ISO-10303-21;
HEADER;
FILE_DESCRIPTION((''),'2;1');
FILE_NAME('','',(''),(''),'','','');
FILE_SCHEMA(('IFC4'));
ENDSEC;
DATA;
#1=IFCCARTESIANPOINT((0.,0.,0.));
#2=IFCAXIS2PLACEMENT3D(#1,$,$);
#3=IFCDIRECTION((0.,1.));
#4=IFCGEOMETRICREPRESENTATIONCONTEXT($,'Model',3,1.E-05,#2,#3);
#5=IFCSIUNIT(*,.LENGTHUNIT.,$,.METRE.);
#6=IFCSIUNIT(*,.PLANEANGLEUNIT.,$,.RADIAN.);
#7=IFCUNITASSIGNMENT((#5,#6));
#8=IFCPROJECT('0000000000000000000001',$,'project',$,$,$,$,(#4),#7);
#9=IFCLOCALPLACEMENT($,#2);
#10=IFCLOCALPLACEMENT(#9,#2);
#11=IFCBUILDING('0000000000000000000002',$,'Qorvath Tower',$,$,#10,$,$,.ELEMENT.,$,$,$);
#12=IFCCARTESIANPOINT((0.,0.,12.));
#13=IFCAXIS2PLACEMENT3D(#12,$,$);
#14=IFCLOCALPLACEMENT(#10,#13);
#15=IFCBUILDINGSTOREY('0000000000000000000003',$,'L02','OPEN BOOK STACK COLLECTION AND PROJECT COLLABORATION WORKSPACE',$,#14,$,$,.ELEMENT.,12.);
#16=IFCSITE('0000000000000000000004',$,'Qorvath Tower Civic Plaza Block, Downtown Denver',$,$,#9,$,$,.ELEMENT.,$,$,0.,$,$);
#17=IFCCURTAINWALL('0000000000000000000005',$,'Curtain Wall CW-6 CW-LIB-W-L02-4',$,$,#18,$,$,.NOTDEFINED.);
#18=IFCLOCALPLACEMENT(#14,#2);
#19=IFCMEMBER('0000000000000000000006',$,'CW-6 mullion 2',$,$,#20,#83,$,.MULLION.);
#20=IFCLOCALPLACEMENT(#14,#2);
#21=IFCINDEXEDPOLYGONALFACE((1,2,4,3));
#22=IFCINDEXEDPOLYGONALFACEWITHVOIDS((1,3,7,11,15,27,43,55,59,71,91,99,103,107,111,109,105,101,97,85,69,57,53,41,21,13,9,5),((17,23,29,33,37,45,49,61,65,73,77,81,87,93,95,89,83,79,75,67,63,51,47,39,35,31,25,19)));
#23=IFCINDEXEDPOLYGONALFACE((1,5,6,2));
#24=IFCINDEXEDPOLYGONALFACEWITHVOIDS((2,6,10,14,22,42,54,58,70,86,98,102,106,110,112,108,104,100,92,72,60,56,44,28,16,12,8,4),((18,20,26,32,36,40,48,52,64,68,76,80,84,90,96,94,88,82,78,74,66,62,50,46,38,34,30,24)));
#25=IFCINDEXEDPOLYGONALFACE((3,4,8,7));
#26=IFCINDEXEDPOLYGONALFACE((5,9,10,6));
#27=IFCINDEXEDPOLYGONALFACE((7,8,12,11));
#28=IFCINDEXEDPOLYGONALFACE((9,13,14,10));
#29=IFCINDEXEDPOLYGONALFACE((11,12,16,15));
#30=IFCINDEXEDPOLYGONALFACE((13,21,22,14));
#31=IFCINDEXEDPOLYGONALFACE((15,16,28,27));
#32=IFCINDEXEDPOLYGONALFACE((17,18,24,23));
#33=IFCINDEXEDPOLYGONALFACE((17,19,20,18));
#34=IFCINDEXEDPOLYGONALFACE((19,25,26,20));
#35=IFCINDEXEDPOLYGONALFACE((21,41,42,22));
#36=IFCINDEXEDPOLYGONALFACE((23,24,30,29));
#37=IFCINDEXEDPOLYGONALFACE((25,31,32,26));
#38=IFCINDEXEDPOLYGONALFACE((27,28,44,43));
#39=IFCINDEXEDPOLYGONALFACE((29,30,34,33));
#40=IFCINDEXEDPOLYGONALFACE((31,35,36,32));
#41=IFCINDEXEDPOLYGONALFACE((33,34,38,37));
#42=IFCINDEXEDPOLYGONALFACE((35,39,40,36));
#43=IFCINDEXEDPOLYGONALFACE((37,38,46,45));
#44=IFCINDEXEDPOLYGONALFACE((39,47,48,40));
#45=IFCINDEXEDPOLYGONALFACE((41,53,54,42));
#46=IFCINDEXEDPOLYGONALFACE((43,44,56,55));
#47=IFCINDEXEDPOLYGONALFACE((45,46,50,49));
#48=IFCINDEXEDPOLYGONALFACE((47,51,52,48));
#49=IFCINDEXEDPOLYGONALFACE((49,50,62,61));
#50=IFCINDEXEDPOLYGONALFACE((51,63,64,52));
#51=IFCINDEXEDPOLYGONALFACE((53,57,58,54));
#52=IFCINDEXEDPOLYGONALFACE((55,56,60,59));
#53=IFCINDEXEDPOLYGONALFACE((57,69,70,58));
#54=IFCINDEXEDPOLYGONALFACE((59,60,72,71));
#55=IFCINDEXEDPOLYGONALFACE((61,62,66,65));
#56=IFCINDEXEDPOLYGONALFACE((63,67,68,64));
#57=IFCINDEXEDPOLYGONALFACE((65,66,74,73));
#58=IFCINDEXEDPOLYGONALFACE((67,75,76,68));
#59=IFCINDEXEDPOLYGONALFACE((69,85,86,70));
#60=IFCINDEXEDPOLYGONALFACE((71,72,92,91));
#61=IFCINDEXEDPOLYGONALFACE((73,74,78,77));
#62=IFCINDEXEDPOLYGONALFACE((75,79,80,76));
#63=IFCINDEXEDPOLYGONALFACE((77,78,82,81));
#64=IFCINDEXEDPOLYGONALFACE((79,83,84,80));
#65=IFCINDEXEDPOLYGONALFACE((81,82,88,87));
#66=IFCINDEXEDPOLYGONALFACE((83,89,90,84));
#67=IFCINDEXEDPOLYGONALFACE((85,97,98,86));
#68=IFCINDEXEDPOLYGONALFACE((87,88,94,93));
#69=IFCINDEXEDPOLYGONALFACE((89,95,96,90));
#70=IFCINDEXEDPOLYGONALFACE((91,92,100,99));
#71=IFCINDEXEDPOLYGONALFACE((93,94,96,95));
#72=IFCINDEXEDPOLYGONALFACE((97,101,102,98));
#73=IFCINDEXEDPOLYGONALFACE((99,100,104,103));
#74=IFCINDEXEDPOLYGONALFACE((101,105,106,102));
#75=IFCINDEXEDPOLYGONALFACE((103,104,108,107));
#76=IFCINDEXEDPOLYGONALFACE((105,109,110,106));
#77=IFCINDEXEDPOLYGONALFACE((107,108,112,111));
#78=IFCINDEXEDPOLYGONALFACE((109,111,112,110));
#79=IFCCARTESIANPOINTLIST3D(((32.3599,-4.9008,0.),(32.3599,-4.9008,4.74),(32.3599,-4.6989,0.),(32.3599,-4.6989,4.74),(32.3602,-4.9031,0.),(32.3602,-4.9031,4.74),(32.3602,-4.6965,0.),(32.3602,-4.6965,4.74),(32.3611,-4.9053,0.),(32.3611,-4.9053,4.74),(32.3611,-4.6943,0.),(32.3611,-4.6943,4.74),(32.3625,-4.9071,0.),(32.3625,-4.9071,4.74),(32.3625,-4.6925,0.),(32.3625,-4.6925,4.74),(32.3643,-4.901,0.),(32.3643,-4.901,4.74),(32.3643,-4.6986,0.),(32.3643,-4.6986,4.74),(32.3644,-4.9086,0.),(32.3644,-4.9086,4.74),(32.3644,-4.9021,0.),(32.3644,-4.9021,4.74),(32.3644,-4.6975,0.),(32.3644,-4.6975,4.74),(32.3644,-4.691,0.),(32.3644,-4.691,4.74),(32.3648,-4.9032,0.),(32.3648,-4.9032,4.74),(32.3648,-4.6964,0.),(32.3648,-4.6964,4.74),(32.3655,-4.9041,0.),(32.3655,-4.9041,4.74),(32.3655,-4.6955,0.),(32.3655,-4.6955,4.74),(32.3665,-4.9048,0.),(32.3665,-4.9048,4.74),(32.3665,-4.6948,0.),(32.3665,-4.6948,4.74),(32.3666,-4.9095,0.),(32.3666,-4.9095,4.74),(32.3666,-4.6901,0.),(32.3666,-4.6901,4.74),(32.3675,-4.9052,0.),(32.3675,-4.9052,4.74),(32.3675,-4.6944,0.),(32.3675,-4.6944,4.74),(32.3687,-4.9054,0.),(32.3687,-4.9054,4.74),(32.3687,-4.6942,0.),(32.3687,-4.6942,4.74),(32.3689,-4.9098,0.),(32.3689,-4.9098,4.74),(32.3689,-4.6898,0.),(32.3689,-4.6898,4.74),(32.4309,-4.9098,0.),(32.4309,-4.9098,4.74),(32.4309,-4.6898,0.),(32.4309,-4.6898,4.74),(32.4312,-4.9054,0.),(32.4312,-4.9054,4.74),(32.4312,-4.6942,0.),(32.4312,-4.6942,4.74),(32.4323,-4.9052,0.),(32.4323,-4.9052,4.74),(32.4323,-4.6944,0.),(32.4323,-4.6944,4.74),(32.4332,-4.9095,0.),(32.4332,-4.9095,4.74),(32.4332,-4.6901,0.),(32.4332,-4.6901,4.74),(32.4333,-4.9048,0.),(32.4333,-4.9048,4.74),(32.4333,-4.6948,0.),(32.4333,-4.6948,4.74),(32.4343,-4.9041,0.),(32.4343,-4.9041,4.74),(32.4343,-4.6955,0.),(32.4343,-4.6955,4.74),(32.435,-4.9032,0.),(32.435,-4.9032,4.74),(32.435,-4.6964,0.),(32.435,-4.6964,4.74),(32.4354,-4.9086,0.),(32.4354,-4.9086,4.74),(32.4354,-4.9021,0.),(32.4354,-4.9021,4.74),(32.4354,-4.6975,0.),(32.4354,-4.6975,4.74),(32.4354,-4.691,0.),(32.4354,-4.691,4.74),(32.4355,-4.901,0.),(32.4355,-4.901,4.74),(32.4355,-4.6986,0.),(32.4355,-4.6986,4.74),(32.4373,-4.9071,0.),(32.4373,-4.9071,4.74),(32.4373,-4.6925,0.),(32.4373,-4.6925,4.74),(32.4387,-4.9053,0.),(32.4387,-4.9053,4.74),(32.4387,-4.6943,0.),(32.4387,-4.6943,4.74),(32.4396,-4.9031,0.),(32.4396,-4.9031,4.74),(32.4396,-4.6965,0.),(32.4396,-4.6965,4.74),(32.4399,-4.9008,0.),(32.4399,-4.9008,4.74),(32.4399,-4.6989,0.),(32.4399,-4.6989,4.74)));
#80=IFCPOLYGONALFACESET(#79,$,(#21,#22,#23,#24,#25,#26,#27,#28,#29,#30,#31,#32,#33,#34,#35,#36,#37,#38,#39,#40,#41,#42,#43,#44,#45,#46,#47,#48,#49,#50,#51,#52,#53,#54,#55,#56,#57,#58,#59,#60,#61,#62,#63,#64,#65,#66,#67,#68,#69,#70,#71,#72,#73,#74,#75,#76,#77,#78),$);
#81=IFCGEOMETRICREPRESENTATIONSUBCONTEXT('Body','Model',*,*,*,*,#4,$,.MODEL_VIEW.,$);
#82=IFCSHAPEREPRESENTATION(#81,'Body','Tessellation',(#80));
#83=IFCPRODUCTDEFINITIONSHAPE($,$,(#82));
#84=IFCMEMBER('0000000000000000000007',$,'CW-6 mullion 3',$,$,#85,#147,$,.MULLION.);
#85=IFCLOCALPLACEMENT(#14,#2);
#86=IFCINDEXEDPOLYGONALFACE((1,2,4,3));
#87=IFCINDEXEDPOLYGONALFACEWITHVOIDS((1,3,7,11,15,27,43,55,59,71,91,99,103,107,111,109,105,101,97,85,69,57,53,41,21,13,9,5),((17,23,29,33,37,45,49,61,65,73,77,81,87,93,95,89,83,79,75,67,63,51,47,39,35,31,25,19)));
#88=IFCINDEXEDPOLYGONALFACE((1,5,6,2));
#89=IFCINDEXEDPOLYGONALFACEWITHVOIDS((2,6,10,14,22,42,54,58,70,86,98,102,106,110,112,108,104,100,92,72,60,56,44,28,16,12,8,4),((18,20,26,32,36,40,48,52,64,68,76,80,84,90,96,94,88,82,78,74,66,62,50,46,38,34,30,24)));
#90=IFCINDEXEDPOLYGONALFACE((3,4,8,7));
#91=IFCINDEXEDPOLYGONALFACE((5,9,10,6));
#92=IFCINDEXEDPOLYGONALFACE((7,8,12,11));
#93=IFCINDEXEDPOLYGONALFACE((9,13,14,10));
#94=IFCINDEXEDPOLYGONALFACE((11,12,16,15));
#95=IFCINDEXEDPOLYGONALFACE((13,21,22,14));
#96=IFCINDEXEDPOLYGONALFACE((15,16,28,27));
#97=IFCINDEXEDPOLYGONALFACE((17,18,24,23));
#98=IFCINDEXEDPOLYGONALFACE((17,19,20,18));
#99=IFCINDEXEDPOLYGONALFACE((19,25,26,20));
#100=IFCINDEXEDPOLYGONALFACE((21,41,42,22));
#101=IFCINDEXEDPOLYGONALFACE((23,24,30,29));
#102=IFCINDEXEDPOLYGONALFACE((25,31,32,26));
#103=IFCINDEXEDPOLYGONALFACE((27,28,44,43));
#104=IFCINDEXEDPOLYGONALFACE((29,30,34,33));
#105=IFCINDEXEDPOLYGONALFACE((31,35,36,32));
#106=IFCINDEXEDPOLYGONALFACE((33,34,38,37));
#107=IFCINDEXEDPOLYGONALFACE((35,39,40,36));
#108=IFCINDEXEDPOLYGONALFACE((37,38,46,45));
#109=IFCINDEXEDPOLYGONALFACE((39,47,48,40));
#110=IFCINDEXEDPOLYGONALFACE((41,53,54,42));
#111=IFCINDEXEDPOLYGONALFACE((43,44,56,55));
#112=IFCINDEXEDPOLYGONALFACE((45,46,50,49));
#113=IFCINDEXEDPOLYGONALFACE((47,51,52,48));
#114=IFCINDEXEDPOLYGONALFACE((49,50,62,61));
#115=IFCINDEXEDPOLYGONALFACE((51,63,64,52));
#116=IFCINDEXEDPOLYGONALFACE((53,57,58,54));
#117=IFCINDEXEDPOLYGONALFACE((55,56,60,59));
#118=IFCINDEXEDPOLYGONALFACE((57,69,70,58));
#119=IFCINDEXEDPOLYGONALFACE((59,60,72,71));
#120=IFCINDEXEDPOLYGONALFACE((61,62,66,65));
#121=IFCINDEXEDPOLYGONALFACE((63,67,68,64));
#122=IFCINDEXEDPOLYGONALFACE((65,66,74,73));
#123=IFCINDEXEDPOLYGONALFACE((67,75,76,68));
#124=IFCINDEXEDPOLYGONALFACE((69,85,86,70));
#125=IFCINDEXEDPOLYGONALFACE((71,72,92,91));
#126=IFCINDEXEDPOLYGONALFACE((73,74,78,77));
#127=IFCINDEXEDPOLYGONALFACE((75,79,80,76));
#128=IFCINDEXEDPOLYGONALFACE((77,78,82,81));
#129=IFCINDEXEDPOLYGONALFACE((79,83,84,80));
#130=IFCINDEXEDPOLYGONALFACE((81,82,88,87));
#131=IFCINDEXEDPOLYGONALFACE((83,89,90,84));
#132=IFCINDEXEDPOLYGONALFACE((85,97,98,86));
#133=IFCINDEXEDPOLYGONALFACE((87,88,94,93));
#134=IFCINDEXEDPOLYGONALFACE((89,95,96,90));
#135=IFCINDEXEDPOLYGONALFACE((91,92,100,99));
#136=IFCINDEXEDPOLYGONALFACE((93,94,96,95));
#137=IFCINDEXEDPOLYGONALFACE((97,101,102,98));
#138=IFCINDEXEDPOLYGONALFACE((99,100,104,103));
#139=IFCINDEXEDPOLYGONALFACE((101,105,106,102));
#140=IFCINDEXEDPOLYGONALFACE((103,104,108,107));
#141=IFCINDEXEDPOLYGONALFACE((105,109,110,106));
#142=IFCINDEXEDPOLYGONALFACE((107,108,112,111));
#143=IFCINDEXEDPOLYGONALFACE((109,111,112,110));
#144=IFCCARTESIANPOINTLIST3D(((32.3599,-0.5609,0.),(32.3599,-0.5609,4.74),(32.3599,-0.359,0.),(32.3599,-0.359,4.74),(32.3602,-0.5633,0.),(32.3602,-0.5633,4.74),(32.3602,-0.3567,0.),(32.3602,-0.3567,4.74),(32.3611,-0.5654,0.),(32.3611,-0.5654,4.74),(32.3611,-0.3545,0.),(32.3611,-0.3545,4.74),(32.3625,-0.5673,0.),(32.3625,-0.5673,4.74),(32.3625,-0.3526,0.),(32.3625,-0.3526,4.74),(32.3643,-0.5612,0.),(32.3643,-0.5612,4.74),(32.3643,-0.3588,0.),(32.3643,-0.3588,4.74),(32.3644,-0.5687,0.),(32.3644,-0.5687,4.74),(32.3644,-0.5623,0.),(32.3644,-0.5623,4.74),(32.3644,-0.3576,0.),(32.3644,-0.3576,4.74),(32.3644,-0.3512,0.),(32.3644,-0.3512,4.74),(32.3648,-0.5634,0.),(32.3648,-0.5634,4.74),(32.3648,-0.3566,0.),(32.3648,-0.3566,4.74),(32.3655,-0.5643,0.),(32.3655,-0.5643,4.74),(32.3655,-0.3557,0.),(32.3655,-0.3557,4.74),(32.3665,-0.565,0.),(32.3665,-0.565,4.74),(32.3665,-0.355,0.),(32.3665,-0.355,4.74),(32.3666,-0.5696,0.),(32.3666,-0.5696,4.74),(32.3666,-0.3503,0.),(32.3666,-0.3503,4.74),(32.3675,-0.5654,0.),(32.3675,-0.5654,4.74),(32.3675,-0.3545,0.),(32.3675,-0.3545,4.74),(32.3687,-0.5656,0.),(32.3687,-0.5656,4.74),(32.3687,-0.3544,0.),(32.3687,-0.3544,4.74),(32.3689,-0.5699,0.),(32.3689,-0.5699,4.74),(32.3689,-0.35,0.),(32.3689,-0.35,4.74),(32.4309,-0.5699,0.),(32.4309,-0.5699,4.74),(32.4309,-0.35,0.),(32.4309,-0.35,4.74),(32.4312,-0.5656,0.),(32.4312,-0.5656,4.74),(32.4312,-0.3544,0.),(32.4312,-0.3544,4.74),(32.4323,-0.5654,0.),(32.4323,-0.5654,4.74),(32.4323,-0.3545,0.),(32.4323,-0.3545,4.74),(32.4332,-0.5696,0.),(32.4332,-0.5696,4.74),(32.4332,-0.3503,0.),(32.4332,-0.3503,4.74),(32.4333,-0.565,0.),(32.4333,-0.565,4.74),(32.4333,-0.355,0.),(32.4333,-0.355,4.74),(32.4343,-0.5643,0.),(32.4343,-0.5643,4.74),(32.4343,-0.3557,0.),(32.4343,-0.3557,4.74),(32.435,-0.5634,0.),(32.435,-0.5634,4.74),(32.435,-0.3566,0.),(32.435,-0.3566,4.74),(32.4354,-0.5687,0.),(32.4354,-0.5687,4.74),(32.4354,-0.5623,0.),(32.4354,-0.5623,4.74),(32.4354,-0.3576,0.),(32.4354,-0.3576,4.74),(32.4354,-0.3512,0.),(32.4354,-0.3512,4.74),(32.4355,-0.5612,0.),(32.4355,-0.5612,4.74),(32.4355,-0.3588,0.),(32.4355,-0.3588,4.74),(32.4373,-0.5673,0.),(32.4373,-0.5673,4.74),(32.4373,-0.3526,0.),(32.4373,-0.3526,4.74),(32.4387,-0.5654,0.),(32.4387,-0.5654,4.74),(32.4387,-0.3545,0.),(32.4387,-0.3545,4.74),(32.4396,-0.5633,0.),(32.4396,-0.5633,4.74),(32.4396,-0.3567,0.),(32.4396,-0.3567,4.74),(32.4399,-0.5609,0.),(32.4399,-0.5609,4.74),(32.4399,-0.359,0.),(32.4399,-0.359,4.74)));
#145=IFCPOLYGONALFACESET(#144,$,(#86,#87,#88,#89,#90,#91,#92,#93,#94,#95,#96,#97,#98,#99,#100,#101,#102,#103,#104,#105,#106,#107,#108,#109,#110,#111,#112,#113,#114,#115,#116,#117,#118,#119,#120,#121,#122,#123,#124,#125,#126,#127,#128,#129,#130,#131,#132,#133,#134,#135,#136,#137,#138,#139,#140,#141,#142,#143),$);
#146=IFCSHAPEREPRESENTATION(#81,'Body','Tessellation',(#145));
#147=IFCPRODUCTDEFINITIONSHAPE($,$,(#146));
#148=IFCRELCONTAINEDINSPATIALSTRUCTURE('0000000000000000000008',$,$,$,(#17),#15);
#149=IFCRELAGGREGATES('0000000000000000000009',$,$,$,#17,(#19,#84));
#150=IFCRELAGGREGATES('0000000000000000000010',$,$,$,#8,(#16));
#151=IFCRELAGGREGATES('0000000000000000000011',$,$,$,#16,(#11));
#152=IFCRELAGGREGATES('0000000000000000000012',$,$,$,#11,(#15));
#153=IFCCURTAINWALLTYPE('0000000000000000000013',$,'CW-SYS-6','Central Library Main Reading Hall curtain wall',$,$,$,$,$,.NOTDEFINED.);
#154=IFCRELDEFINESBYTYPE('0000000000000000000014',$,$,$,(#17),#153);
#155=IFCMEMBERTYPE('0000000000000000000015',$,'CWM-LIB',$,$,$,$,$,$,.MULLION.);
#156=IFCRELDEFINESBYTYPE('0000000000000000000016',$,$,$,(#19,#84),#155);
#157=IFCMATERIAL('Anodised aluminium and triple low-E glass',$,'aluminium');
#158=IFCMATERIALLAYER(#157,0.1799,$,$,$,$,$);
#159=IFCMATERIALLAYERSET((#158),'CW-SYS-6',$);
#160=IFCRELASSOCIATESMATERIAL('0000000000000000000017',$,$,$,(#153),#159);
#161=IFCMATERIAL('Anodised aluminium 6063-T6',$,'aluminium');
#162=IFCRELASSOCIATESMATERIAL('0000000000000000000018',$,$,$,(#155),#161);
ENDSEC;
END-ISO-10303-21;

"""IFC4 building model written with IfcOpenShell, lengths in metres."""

from ifc_helpers import new_model, si_unit, direction, frame, origin, origin_2d, place, context, subcontext, project, spatial, hollow_rectangle, extrude, material, layer, layer_set, material_profile, profile_set, type_object, element, aggregate, save


model = new_model("IFC4")

# Units and contexts
model_context = context("Model", 3, precision=1e-05, world=origin(), true_north=direction((0.0, 1.0)))
body_context = subcontext(model_context, "Body", "Model", "MODEL_VIEW")
ifc_project = project(units=[si_unit("LENGTHUNIT", "METRE"), si_unit("PLANEANGLEUNIT", "RADIAN")], contexts=[model_context])

# Site, building, storey
site_placement = place(None, origin())
site = spatial("IfcSite", under=ifc_project, at=site_placement, Name="Qorvath Tower Civic Plaza Block, Downtown Denver", CompositionType="ELEMENT", RefElevation=0.0)
building_placement = place(site_placement, origin())
building = spatial("IfcBuilding", under=site, at=building_placement, Name="Qorvath Tower", CompositionType="ELEMENT")
storey_placement = place(building_placement, frame((0.0, 0.0, 12.0)))
storey = spatial("IfcBuildingStorey", under=building, at=storey_placement, Name="L02", Description="OPEN BOOK STACK COLLECTION AND PROJECT COLLABORATION WORKSPACE", CompositionType="ELEMENT", Elevation=12.0)

# Shared definitions
ifc_material_1 = material(Name="Anodised aluminium and triple low-E glass", Category="aluminium")
ifc_layer_1 = layer(ifc_material_1, 0.1799)
ifc_layer_set_1 = layer_set([ifc_layer_1], Name="CW-SYS-6")
curtain_wall_type = type_object("IfcCurtainWallType", Name="CW-SYS-6", Description="Central Library Main Reading Hall curtain wall", PredefinedType="NOTDEFINED", material=ifc_layer_set_1)
ifc_material_2 = material(Name="Anodised aluminium 6063-T6", Category="aluminium")
ifc_material_profile_1 = material_profile(ifc_material_2, hollow_rectangle(XDim=0.0801, YDim=0.22, WallThickness=0.0044, InnerFilletRadius=0.0044, OuterFilletRadius=0.009, at=origin_2d()), Name="CWM LIB 220x80")
ifc_profile_set_1 = profile_set([ifc_material_profile_1], Name="Anodised aluminium 6063-T6")
member_type_1 = type_object("IfcMemberType", Name="CWM-LIB", PredefinedType="MULLION", material=ifc_profile_set_1)

# Curtain wall, members
curtain_wall_1_placement = place(storey_placement, origin())
curtain_wall_1 = element("IfcCurtainWall", 1, at=curtain_wall_1_placement, inside=storey, type_object=curtain_wall_type, Name="Curtain Wall CW-6 CW-LIB-W-L02-4", PredefinedType="NOTDEFINED")
member_1_placement = place(storey_placement, frame((32.3999, -4.7998, 0.0), z_axis=(0.0, 0.0, 1.0), x_axis=(-1.0, 0.0, 0.0)))
member_1 = element("IfcMember", 2, at=member_1_placement, type_object=member_type_1, Name="CW-6 mullion 2", PredefinedType="MULLION", context=body_context, shape_type="SweptSolid", body=[
    extrude(hollow_rectangle(XDim=0.0801, YDim=0.22, WallThickness=0.0044, InnerFilletRadius=0.0044, OuterFilletRadius=0.009, at=origin_2d()), origin(), (0.0, 0.0, 1.0), 4.74),
])
member_2_placement = place(storey_placement, frame((32.3999, -0.46, 0.0), z_axis=(0.0, 0.0, 1.0), x_axis=(-1.0, 0.0, 0.0)))
member_2 = element("IfcMember", 3, at=member_2_placement, type_object=member_type_1, Name="CW-6 mullion 3", PredefinedType="MULLION", context=body_context, shape_type="SweptSolid", body=[
    extrude(hollow_rectangle(XDim=0.0801, YDim=0.22, WallThickness=0.0044, InnerFilletRadius=0.0044, OuterFilletRadius=0.009, at=origin_2d()), origin(), (0.0, 0.0, 1.0), 4.74),
])

aggregate(curtain_wall_1, [member_1, member_2])

save(model, "model.ifc")
